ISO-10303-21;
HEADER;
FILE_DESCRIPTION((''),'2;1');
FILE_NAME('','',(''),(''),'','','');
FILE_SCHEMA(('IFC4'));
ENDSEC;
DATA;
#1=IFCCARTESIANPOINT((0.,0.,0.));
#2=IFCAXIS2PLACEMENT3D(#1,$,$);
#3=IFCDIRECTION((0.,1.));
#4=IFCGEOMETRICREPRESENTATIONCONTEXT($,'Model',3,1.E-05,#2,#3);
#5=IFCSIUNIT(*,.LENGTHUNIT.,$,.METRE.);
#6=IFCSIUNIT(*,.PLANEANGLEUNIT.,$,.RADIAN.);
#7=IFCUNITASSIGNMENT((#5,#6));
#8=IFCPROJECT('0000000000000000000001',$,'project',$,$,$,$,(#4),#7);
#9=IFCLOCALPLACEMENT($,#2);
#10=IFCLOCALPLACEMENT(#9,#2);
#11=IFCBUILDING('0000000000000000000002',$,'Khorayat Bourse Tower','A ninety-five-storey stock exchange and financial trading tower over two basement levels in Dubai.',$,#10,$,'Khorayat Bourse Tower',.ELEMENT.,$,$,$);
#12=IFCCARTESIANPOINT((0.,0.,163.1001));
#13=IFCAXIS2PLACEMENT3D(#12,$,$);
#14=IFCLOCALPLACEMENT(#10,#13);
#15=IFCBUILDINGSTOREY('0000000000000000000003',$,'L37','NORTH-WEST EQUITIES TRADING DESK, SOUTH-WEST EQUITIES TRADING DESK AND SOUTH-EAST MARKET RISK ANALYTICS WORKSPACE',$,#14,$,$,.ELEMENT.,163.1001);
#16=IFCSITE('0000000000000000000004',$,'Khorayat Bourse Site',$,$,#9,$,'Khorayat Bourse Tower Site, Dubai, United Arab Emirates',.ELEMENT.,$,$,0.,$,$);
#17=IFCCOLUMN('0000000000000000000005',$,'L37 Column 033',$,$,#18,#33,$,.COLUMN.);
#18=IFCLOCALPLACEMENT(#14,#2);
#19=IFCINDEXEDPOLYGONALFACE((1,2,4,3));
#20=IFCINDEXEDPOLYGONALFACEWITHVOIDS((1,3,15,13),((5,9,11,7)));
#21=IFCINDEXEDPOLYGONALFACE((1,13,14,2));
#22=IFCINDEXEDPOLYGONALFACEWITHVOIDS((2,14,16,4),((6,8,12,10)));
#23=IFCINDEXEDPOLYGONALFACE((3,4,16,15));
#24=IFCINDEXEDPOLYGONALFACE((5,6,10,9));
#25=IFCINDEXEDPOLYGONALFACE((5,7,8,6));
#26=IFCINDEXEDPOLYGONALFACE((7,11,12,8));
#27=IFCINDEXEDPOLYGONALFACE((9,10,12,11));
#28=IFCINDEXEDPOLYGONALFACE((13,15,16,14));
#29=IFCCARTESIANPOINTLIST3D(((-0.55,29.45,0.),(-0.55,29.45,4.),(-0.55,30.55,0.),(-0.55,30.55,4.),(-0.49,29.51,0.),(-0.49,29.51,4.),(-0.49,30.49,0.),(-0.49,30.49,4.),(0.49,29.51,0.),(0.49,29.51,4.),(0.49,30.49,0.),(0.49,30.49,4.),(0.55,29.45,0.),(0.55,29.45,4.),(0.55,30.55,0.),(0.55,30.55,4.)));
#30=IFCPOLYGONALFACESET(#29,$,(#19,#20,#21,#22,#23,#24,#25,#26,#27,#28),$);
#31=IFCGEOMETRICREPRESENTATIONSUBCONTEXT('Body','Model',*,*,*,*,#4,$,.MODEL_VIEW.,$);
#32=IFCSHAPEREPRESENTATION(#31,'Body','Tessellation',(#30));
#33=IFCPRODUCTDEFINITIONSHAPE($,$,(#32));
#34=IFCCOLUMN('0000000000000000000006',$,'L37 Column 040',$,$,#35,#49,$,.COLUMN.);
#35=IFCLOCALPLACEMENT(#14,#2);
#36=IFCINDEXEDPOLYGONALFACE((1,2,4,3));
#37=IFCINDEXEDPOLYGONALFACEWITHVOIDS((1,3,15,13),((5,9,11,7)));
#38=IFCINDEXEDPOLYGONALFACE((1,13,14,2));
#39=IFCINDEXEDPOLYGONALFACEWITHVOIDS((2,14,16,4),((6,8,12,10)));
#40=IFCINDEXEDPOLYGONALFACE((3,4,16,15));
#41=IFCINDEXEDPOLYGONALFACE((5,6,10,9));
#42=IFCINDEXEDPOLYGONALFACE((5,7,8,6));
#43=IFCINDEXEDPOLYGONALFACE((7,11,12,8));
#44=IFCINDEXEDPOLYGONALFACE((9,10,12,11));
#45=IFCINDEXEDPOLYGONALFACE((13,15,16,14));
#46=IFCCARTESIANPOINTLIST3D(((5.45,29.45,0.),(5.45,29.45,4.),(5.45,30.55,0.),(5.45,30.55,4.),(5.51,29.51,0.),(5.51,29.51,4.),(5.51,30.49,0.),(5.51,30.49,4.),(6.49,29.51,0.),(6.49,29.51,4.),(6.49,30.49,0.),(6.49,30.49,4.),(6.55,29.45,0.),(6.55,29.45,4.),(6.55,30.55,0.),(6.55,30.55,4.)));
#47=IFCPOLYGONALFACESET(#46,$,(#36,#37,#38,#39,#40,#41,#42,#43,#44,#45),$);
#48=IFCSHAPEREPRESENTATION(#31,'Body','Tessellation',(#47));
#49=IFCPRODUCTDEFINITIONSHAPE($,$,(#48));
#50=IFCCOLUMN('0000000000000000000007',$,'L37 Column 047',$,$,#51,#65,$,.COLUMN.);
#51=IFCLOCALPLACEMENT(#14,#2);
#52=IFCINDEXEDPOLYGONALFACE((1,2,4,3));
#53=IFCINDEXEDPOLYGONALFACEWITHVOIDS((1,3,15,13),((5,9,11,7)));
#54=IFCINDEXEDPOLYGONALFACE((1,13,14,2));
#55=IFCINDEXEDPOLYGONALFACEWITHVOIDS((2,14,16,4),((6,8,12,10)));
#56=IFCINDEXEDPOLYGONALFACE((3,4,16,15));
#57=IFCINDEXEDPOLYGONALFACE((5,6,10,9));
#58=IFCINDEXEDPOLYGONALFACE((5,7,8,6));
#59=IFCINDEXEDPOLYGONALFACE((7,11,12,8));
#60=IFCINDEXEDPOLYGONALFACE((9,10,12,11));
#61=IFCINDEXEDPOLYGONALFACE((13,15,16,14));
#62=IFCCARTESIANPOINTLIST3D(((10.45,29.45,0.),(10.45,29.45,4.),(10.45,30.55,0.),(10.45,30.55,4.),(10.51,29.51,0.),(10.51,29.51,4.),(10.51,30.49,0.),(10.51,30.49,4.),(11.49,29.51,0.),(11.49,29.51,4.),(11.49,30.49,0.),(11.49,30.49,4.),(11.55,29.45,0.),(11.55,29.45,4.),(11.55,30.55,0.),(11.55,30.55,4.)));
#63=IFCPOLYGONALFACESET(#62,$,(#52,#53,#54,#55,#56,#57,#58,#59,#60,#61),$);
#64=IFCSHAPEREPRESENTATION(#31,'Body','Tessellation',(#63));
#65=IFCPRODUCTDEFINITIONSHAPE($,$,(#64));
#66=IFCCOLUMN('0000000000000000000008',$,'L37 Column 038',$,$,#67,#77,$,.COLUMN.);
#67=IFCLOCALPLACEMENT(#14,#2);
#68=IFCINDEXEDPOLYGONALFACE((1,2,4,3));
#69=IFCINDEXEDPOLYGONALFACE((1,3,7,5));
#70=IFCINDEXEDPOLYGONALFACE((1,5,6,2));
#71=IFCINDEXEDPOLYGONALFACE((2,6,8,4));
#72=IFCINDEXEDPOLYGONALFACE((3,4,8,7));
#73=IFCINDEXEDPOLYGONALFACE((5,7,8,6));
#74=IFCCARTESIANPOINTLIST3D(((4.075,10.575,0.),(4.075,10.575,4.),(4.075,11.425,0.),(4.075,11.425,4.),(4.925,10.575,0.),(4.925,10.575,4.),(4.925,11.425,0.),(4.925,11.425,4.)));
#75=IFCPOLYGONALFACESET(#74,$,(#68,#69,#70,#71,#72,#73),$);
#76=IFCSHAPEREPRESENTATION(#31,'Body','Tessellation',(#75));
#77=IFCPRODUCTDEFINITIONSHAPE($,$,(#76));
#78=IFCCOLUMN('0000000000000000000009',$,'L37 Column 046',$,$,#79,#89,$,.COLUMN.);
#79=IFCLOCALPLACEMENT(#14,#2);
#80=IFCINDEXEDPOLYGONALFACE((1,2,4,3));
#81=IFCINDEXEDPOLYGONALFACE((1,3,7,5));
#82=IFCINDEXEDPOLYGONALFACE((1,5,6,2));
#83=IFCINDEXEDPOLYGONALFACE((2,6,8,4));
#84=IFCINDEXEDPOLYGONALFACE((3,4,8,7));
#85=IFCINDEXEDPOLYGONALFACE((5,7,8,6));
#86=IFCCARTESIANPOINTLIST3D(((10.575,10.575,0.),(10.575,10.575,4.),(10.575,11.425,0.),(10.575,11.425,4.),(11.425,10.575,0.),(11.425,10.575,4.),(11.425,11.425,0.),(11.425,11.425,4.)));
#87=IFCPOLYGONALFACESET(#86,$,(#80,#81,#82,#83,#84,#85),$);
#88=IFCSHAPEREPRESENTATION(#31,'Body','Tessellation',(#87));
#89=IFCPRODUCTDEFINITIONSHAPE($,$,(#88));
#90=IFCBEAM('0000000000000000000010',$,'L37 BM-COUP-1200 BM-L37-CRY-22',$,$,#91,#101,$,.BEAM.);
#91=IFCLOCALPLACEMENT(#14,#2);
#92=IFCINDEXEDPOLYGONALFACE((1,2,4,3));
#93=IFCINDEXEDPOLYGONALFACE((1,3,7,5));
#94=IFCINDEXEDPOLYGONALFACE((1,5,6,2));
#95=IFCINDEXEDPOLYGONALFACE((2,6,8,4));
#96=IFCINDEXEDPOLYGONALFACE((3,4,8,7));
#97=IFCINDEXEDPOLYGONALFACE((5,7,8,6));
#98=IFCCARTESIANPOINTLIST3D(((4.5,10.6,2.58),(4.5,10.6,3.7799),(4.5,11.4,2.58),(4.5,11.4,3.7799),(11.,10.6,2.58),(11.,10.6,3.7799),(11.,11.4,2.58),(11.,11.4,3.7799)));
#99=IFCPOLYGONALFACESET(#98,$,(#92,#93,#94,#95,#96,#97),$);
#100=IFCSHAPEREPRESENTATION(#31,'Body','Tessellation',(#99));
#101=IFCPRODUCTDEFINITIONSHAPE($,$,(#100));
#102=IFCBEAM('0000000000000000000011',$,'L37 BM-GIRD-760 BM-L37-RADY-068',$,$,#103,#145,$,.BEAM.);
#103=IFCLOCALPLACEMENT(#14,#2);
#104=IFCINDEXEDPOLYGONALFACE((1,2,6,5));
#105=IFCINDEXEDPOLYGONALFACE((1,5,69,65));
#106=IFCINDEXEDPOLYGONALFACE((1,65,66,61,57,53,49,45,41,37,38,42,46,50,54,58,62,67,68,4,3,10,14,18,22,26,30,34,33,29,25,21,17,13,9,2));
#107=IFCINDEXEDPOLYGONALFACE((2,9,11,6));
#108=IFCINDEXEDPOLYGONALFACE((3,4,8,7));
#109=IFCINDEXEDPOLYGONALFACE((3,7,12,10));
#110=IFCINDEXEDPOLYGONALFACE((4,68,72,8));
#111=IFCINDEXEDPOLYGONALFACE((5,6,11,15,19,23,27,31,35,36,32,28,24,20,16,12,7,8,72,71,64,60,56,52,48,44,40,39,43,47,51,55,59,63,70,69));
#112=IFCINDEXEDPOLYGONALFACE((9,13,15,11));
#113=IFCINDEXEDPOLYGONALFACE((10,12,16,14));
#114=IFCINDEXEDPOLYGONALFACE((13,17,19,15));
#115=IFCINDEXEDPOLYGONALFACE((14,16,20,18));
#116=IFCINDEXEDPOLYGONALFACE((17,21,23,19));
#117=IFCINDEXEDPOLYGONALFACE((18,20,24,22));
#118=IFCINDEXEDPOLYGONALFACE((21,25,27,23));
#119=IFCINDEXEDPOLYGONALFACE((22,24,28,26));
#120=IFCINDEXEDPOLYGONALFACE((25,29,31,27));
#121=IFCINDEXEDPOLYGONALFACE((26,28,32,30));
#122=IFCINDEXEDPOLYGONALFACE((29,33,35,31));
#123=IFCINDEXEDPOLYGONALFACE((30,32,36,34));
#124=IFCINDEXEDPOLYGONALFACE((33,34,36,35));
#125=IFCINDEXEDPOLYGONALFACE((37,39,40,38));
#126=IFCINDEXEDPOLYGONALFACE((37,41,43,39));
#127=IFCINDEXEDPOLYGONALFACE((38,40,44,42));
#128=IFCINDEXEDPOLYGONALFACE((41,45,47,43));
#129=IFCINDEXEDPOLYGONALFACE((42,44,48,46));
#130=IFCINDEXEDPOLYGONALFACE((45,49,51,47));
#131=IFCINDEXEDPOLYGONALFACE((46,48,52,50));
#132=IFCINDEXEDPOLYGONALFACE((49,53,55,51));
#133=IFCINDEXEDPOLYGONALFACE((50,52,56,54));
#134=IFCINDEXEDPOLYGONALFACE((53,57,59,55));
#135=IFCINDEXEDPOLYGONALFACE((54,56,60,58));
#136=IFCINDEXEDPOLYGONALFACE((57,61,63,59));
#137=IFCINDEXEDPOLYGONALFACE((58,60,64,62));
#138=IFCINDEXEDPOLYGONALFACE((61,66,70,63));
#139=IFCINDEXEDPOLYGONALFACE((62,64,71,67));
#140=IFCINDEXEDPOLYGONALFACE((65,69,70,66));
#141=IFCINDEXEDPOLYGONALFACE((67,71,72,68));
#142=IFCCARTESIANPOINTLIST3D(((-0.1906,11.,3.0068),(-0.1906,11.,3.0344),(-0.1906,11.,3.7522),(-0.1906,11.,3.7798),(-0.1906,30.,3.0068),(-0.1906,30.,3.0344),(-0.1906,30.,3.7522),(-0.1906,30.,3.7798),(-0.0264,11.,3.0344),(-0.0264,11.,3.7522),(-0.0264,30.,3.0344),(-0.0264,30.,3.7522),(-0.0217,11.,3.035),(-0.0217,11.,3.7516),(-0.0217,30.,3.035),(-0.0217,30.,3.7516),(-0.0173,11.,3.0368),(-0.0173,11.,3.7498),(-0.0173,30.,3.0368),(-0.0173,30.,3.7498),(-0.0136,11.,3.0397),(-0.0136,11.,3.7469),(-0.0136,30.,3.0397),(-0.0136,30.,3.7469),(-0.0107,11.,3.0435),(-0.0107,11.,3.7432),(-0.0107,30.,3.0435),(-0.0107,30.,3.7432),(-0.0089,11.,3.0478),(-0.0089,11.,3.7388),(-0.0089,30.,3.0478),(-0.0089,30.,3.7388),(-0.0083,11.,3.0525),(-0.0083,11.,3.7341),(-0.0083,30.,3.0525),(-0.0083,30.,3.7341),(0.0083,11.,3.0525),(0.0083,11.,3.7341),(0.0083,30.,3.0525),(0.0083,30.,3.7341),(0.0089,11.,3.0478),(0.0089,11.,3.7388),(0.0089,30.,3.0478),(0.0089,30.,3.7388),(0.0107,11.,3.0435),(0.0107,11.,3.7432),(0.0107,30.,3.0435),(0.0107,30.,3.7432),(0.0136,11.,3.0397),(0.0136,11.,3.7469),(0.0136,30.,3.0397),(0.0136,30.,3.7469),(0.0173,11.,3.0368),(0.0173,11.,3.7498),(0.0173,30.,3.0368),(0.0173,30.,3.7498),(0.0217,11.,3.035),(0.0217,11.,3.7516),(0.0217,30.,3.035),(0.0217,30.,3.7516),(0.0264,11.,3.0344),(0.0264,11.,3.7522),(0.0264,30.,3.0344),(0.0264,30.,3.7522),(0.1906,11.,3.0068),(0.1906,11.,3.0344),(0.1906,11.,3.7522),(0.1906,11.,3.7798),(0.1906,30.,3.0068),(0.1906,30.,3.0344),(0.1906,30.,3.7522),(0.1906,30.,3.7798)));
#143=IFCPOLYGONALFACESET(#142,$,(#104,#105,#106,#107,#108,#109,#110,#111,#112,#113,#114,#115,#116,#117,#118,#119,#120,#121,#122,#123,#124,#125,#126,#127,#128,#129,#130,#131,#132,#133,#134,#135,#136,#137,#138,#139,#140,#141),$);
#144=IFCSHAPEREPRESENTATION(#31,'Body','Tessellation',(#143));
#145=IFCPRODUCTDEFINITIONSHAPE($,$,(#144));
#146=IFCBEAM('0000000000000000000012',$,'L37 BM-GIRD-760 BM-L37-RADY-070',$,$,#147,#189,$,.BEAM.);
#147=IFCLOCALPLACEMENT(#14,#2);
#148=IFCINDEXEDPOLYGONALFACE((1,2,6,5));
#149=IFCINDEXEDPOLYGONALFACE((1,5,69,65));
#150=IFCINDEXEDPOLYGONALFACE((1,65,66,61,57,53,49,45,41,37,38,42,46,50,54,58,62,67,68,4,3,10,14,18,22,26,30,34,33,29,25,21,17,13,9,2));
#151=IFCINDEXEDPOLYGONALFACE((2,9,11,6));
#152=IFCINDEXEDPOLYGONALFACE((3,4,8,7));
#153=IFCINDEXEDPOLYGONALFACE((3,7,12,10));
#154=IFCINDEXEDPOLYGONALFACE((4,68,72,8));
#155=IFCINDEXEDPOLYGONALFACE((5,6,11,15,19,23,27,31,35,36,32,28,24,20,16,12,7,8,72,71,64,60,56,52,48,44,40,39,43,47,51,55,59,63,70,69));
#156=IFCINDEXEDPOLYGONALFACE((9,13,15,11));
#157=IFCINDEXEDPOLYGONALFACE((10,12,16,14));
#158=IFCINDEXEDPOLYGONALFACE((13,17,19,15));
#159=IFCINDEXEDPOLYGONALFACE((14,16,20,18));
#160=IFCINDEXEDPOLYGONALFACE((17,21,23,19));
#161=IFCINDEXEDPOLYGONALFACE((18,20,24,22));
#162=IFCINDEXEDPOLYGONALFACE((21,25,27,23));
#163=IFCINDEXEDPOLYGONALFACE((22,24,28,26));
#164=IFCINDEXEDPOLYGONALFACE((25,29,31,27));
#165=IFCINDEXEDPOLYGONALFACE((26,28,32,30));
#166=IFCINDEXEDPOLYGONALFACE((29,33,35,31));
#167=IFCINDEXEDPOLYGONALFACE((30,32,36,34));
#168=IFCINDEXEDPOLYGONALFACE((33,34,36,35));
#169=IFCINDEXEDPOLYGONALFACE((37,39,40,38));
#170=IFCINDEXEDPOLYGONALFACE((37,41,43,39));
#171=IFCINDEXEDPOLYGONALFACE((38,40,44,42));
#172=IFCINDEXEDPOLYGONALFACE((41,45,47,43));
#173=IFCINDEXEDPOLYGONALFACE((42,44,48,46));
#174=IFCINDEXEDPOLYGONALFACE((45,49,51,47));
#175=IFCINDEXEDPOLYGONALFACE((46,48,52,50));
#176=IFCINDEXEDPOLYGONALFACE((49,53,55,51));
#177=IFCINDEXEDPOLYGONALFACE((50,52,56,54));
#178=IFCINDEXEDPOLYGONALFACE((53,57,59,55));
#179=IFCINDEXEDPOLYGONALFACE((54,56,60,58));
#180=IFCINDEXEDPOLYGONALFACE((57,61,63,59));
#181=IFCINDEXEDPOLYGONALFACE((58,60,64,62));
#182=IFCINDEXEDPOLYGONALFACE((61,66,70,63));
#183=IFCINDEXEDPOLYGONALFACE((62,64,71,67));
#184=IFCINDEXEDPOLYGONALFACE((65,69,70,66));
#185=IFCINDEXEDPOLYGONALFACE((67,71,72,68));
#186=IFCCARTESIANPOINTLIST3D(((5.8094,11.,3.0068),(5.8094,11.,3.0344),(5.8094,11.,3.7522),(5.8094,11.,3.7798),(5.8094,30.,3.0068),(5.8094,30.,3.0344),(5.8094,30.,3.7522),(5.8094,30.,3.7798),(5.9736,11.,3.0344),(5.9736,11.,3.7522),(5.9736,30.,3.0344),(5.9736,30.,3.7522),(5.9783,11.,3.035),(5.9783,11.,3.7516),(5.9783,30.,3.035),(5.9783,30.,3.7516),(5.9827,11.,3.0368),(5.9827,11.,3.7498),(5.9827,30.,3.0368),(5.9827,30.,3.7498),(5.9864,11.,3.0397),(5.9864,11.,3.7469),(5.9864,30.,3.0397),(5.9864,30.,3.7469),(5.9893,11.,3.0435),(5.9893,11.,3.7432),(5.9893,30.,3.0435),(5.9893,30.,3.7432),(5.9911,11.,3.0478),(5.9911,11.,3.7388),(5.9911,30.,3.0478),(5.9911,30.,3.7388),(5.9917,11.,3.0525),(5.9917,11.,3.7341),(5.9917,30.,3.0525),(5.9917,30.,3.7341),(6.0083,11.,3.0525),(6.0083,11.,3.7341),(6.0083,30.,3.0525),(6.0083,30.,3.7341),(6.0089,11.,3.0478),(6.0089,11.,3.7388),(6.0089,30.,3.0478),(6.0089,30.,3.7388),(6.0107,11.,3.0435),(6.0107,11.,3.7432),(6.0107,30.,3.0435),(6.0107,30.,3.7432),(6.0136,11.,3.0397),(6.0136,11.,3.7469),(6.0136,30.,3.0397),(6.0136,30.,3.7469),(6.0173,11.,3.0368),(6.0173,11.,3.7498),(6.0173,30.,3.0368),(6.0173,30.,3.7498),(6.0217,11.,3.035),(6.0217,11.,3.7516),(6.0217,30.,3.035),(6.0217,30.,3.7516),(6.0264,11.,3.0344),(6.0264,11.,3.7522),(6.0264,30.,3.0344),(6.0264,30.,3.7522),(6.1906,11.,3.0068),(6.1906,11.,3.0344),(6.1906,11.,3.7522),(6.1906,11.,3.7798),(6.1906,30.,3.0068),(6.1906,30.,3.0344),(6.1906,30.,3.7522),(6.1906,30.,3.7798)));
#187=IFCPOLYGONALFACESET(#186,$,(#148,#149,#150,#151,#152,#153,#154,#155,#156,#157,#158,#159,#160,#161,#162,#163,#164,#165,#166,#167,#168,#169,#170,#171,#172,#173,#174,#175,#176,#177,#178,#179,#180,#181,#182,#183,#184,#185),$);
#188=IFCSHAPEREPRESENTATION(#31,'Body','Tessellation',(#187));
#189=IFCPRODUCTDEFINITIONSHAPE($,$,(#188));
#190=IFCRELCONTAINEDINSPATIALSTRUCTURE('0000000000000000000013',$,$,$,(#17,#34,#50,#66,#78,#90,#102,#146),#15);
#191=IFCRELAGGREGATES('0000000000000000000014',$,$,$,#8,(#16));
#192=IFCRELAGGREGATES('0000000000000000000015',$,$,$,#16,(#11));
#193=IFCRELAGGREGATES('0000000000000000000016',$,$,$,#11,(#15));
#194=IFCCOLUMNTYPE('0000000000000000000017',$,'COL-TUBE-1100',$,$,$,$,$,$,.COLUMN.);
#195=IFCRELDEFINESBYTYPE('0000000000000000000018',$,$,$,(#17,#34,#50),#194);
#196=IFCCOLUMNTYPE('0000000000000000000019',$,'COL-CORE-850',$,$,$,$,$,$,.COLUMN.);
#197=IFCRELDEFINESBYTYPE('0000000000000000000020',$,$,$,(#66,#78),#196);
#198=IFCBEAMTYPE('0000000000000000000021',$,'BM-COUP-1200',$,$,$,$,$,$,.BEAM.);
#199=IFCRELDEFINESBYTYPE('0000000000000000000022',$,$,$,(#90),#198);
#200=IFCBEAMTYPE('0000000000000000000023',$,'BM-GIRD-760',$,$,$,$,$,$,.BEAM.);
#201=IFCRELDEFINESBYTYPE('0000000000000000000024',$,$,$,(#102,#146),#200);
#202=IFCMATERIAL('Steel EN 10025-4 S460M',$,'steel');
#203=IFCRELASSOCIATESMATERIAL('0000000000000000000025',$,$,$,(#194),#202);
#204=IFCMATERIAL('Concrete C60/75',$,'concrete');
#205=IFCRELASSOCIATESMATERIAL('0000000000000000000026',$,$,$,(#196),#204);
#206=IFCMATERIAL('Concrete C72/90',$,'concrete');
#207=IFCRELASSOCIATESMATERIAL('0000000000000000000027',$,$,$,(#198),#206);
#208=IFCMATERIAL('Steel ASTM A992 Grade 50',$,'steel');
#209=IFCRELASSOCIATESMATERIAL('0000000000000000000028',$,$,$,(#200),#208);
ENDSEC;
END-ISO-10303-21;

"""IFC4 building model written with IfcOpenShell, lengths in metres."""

from ifc_helpers import new_model, si_unit, direction, frame, origin, origin_2d, place, context, subcontext, project, spatial, rectangle, hollow_rectangle, i_section, extrude, source, transform, mapped, material, material_profile, profile_set, type_object, element, save


model = new_model("IFC4")

# Units and contexts
model_context = context("Model", 3, precision=1e-05, world=origin(), true_north=direction((0.0, 1.0)))
body_context = subcontext(model_context, "Body", "Model", "MODEL_VIEW")
ifc_project = project(units=[si_unit("LENGTHUNIT", "METRE"), si_unit("PLANEANGLEUNIT", "RADIAN")], contexts=[model_context])

# Site, building, storey
site_placement = place(None, origin())
site = spatial("IfcSite", under=ifc_project, at=site_placement, Name="Khorayat Bourse Site", LongName="Khorayat Bourse Tower Site, Dubai, United Arab Emirates", CompositionType="ELEMENT", RefElevation=0.0)
building_placement = place(site_placement, origin())
building = spatial("IfcBuilding", under=site, at=building_placement, Name="Khorayat Bourse Tower", Description="A ninety-five-storey stock exchange and financial trading tower over two basement levels in Dubai.", LongName="Khorayat Bourse Tower", CompositionType="ELEMENT")
storey_placement = place(building_placement, frame((0.0, 0.0, 163.1001)))
storey = spatial("IfcBuildingStorey", under=building, at=storey_placement, Name="L37", Description="NORTH-WEST EQUITIES TRADING DESK, SOUTH-WEST EQUITIES TRADING DESK AND SOUTH-EAST MARKET RISK ANALYTICS WORKSPACE", CompositionType="ELEMENT", Elevation=163.1001)

# Columns
ifc_material_1 = material(Name="Steel EN 10025-4 S460M", Category="steel")
ifc_material_profile_1 = material_profile(ifc_material_1, hollow_rectangle(XDim=1.1001, YDim=1.1001, WallThickness=0.0601, at=origin_2d()), Name="BOX 1100x1100x60")
ifc_profile_set_1 = profile_set([ifc_material_profile_1], Name="Steel EN 10025-4 S460M")
column_type_1 = type_object("IfcColumnType", Name="COL-TUBE-1100", PredefinedType="COLUMN", material=ifc_profile_set_1)
shared_shape_1 = source(origin(), body_context, "Body", "SweptSolid", [
    extrude(hollow_rectangle(XDim=1.1001, YDim=1.1001, WallThickness=0.0601, at=origin_2d()), origin(), (0.0, 0.0, 1.0), 4.0),
])
for number, where, z_axis, x_axis, name in (
    (1, (0.0, 30.0, 0.0), (0.0, 0.0, 1.0), (1.0, 0.0, 0.0), "L37 Column 033"),
    (2, (6.0, 30.0, 0.0), (0.0, 0.0, 1.0), (1.0, 0.0, 0.0), "L37 Column 040"),
    (3, (11.0, 30.0, 0.0), (0.0, 0.0, 1.0), (1.0, 0.0, 0.0), "L37 Column 047"),
):
    element("IfcColumn", number, at=place(storey_placement, frame(where, z_axis=z_axis, x_axis=x_axis)), inside=storey, type_object=column_type_1, Name=name, PredefinedType="COLUMN", context=body_context, shape_type="MappedRepresentation", body=[
        mapped(shared_shape_1, transform((0.0, 0.0, 0.0), scale=1.0)),
    ])
ifc_material_2 = material(Name="Concrete C60/75", Category="concrete")
ifc_material_profile_2 = material_profile(ifc_material_2, rectangle(XDim=0.8501, YDim=0.8501, at=origin_2d()), Name="RC 850x850")
ifc_profile_set_2 = profile_set([ifc_material_profile_2], Name="Concrete C60/75")
column_type_2 = type_object("IfcColumnType", Name="COL-CORE-850", PredefinedType="COLUMN", material=ifc_profile_set_2)
shared_shape_2 = source(origin(), body_context, "Body", "SweptSolid", [
    extrude(rectangle(XDim=0.8501, YDim=0.8501, at=origin_2d()), origin(), (0.0, 0.0, 1.0), 4.0),
])
for number, where, z_axis, x_axis, name in (
    (4, (4.5, 11.0, 0.0), (0.0, 0.0, 1.0), (1.0, 0.0, 0.0), "L37 Column 038"),
    (5, (11.0, 11.0, 0.0), (0.0, 0.0, 1.0), (1.0, 0.0, 0.0), "L37 Column 046"),
):
    element("IfcColumn", number, at=place(storey_placement, frame(where, z_axis=z_axis, x_axis=x_axis)), inside=storey, type_object=column_type_2, Name=name, PredefinedType="COLUMN", context=body_context, shape_type="MappedRepresentation", body=[
        mapped(shared_shape_2, transform((0.0, 0.0, 0.0), scale=1.0)),
    ])

# Beams
ifc_material_3 = material(Name="Concrete C72/90", Category="concrete")
ifc_material_profile_3 = material_profile(ifc_material_3, rectangle(XDim=0.8, YDim=1.2, at=origin_2d()), Name="RC 800x1200")
ifc_profile_set_3 = profile_set([ifc_material_profile_3], Name="Concrete C72/90")
beam_type_1 = type_object("IfcBeamType", Name="BM-COUP-1200", PredefinedType="BEAM", material=ifc_profile_set_3)
shared_shape_3 = source(origin(), body_context, "Body", "SweptSolid", [
    extrude(rectangle(XDim=0.8, YDim=1.2, at=origin_2d()), origin(), (0.0, 0.0, 1.0), 6.5),
])
beam_1_placement = place(storey_placement, frame((4.5, 11.0, 3.1799), z_axis=(1.0, 0.0, 0.0), x_axis=(0.0, 1.0, 0.0)))
element("IfcBeam", 6, at=beam_1_placement, inside=storey, type_object=beam_type_1, Name="L37 BM-COUP-1200 BM-L37-CRY-22", PredefinedType="BEAM", context=body_context, shape_type="MappedRepresentation", body=[
    mapped(shared_shape_3, transform((0.0, 0.0, 0.0), scale=1.0)),
])
ifc_material_4 = material(Name="Steel ASTM A992 Grade 50", Category="steel")
ifc_material_profile_4 = material_profile(ifc_material_4, i_section(OverallWidth=0.3811, OverallDepth=0.7729, WebThickness=0.0166, FlangeThickness=0.0276, FilletRadius=0.0181, at=origin_2d()), Name="W760X257")
ifc_profile_set_4 = profile_set([ifc_material_profile_4], Name="Steel ASTM A992 Grade 50")
beam_type_2 = type_object("IfcBeamType", Name="BM-GIRD-760", PredefinedType="BEAM", material=ifc_profile_set_4)
shared_shape_4 = source(origin(), body_context, "Body", "SweptSolid", [
    extrude(i_section(OverallWidth=0.3811, OverallDepth=0.7729, WebThickness=0.0166, FlangeThickness=0.0276, FilletRadius=0.0181, at=origin_2d()), origin(), (0.0, 0.0, 1.0), 19.0),
])
for number, where, z_axis, x_axis, name in (
    (7, (0.0, 11.0, 3.3933), (0.0, 1.0, 0.0), (-1.0, 0.0, 0.0), "L37 BM-GIRD-760 BM-L37-RADY-068"),
    (8, (6.0, 11.0, 3.3933), (0.0, 1.0, 0.0), (-1.0, 0.0, 0.0), "L37 BM-GIRD-760 BM-L37-RADY-070"),
):
    element("IfcBeam", number, at=place(storey_placement, frame(where, z_axis=z_axis, x_axis=x_axis)), inside=storey, type_object=beam_type_2, Name=name, PredefinedType="BEAM", context=body_context, shape_type="MappedRepresentation", body=[
        mapped(shared_shape_4, transform((0.0, 0.0, 0.0), scale=1.0)),
    ])

save(model, "model.ifc")
